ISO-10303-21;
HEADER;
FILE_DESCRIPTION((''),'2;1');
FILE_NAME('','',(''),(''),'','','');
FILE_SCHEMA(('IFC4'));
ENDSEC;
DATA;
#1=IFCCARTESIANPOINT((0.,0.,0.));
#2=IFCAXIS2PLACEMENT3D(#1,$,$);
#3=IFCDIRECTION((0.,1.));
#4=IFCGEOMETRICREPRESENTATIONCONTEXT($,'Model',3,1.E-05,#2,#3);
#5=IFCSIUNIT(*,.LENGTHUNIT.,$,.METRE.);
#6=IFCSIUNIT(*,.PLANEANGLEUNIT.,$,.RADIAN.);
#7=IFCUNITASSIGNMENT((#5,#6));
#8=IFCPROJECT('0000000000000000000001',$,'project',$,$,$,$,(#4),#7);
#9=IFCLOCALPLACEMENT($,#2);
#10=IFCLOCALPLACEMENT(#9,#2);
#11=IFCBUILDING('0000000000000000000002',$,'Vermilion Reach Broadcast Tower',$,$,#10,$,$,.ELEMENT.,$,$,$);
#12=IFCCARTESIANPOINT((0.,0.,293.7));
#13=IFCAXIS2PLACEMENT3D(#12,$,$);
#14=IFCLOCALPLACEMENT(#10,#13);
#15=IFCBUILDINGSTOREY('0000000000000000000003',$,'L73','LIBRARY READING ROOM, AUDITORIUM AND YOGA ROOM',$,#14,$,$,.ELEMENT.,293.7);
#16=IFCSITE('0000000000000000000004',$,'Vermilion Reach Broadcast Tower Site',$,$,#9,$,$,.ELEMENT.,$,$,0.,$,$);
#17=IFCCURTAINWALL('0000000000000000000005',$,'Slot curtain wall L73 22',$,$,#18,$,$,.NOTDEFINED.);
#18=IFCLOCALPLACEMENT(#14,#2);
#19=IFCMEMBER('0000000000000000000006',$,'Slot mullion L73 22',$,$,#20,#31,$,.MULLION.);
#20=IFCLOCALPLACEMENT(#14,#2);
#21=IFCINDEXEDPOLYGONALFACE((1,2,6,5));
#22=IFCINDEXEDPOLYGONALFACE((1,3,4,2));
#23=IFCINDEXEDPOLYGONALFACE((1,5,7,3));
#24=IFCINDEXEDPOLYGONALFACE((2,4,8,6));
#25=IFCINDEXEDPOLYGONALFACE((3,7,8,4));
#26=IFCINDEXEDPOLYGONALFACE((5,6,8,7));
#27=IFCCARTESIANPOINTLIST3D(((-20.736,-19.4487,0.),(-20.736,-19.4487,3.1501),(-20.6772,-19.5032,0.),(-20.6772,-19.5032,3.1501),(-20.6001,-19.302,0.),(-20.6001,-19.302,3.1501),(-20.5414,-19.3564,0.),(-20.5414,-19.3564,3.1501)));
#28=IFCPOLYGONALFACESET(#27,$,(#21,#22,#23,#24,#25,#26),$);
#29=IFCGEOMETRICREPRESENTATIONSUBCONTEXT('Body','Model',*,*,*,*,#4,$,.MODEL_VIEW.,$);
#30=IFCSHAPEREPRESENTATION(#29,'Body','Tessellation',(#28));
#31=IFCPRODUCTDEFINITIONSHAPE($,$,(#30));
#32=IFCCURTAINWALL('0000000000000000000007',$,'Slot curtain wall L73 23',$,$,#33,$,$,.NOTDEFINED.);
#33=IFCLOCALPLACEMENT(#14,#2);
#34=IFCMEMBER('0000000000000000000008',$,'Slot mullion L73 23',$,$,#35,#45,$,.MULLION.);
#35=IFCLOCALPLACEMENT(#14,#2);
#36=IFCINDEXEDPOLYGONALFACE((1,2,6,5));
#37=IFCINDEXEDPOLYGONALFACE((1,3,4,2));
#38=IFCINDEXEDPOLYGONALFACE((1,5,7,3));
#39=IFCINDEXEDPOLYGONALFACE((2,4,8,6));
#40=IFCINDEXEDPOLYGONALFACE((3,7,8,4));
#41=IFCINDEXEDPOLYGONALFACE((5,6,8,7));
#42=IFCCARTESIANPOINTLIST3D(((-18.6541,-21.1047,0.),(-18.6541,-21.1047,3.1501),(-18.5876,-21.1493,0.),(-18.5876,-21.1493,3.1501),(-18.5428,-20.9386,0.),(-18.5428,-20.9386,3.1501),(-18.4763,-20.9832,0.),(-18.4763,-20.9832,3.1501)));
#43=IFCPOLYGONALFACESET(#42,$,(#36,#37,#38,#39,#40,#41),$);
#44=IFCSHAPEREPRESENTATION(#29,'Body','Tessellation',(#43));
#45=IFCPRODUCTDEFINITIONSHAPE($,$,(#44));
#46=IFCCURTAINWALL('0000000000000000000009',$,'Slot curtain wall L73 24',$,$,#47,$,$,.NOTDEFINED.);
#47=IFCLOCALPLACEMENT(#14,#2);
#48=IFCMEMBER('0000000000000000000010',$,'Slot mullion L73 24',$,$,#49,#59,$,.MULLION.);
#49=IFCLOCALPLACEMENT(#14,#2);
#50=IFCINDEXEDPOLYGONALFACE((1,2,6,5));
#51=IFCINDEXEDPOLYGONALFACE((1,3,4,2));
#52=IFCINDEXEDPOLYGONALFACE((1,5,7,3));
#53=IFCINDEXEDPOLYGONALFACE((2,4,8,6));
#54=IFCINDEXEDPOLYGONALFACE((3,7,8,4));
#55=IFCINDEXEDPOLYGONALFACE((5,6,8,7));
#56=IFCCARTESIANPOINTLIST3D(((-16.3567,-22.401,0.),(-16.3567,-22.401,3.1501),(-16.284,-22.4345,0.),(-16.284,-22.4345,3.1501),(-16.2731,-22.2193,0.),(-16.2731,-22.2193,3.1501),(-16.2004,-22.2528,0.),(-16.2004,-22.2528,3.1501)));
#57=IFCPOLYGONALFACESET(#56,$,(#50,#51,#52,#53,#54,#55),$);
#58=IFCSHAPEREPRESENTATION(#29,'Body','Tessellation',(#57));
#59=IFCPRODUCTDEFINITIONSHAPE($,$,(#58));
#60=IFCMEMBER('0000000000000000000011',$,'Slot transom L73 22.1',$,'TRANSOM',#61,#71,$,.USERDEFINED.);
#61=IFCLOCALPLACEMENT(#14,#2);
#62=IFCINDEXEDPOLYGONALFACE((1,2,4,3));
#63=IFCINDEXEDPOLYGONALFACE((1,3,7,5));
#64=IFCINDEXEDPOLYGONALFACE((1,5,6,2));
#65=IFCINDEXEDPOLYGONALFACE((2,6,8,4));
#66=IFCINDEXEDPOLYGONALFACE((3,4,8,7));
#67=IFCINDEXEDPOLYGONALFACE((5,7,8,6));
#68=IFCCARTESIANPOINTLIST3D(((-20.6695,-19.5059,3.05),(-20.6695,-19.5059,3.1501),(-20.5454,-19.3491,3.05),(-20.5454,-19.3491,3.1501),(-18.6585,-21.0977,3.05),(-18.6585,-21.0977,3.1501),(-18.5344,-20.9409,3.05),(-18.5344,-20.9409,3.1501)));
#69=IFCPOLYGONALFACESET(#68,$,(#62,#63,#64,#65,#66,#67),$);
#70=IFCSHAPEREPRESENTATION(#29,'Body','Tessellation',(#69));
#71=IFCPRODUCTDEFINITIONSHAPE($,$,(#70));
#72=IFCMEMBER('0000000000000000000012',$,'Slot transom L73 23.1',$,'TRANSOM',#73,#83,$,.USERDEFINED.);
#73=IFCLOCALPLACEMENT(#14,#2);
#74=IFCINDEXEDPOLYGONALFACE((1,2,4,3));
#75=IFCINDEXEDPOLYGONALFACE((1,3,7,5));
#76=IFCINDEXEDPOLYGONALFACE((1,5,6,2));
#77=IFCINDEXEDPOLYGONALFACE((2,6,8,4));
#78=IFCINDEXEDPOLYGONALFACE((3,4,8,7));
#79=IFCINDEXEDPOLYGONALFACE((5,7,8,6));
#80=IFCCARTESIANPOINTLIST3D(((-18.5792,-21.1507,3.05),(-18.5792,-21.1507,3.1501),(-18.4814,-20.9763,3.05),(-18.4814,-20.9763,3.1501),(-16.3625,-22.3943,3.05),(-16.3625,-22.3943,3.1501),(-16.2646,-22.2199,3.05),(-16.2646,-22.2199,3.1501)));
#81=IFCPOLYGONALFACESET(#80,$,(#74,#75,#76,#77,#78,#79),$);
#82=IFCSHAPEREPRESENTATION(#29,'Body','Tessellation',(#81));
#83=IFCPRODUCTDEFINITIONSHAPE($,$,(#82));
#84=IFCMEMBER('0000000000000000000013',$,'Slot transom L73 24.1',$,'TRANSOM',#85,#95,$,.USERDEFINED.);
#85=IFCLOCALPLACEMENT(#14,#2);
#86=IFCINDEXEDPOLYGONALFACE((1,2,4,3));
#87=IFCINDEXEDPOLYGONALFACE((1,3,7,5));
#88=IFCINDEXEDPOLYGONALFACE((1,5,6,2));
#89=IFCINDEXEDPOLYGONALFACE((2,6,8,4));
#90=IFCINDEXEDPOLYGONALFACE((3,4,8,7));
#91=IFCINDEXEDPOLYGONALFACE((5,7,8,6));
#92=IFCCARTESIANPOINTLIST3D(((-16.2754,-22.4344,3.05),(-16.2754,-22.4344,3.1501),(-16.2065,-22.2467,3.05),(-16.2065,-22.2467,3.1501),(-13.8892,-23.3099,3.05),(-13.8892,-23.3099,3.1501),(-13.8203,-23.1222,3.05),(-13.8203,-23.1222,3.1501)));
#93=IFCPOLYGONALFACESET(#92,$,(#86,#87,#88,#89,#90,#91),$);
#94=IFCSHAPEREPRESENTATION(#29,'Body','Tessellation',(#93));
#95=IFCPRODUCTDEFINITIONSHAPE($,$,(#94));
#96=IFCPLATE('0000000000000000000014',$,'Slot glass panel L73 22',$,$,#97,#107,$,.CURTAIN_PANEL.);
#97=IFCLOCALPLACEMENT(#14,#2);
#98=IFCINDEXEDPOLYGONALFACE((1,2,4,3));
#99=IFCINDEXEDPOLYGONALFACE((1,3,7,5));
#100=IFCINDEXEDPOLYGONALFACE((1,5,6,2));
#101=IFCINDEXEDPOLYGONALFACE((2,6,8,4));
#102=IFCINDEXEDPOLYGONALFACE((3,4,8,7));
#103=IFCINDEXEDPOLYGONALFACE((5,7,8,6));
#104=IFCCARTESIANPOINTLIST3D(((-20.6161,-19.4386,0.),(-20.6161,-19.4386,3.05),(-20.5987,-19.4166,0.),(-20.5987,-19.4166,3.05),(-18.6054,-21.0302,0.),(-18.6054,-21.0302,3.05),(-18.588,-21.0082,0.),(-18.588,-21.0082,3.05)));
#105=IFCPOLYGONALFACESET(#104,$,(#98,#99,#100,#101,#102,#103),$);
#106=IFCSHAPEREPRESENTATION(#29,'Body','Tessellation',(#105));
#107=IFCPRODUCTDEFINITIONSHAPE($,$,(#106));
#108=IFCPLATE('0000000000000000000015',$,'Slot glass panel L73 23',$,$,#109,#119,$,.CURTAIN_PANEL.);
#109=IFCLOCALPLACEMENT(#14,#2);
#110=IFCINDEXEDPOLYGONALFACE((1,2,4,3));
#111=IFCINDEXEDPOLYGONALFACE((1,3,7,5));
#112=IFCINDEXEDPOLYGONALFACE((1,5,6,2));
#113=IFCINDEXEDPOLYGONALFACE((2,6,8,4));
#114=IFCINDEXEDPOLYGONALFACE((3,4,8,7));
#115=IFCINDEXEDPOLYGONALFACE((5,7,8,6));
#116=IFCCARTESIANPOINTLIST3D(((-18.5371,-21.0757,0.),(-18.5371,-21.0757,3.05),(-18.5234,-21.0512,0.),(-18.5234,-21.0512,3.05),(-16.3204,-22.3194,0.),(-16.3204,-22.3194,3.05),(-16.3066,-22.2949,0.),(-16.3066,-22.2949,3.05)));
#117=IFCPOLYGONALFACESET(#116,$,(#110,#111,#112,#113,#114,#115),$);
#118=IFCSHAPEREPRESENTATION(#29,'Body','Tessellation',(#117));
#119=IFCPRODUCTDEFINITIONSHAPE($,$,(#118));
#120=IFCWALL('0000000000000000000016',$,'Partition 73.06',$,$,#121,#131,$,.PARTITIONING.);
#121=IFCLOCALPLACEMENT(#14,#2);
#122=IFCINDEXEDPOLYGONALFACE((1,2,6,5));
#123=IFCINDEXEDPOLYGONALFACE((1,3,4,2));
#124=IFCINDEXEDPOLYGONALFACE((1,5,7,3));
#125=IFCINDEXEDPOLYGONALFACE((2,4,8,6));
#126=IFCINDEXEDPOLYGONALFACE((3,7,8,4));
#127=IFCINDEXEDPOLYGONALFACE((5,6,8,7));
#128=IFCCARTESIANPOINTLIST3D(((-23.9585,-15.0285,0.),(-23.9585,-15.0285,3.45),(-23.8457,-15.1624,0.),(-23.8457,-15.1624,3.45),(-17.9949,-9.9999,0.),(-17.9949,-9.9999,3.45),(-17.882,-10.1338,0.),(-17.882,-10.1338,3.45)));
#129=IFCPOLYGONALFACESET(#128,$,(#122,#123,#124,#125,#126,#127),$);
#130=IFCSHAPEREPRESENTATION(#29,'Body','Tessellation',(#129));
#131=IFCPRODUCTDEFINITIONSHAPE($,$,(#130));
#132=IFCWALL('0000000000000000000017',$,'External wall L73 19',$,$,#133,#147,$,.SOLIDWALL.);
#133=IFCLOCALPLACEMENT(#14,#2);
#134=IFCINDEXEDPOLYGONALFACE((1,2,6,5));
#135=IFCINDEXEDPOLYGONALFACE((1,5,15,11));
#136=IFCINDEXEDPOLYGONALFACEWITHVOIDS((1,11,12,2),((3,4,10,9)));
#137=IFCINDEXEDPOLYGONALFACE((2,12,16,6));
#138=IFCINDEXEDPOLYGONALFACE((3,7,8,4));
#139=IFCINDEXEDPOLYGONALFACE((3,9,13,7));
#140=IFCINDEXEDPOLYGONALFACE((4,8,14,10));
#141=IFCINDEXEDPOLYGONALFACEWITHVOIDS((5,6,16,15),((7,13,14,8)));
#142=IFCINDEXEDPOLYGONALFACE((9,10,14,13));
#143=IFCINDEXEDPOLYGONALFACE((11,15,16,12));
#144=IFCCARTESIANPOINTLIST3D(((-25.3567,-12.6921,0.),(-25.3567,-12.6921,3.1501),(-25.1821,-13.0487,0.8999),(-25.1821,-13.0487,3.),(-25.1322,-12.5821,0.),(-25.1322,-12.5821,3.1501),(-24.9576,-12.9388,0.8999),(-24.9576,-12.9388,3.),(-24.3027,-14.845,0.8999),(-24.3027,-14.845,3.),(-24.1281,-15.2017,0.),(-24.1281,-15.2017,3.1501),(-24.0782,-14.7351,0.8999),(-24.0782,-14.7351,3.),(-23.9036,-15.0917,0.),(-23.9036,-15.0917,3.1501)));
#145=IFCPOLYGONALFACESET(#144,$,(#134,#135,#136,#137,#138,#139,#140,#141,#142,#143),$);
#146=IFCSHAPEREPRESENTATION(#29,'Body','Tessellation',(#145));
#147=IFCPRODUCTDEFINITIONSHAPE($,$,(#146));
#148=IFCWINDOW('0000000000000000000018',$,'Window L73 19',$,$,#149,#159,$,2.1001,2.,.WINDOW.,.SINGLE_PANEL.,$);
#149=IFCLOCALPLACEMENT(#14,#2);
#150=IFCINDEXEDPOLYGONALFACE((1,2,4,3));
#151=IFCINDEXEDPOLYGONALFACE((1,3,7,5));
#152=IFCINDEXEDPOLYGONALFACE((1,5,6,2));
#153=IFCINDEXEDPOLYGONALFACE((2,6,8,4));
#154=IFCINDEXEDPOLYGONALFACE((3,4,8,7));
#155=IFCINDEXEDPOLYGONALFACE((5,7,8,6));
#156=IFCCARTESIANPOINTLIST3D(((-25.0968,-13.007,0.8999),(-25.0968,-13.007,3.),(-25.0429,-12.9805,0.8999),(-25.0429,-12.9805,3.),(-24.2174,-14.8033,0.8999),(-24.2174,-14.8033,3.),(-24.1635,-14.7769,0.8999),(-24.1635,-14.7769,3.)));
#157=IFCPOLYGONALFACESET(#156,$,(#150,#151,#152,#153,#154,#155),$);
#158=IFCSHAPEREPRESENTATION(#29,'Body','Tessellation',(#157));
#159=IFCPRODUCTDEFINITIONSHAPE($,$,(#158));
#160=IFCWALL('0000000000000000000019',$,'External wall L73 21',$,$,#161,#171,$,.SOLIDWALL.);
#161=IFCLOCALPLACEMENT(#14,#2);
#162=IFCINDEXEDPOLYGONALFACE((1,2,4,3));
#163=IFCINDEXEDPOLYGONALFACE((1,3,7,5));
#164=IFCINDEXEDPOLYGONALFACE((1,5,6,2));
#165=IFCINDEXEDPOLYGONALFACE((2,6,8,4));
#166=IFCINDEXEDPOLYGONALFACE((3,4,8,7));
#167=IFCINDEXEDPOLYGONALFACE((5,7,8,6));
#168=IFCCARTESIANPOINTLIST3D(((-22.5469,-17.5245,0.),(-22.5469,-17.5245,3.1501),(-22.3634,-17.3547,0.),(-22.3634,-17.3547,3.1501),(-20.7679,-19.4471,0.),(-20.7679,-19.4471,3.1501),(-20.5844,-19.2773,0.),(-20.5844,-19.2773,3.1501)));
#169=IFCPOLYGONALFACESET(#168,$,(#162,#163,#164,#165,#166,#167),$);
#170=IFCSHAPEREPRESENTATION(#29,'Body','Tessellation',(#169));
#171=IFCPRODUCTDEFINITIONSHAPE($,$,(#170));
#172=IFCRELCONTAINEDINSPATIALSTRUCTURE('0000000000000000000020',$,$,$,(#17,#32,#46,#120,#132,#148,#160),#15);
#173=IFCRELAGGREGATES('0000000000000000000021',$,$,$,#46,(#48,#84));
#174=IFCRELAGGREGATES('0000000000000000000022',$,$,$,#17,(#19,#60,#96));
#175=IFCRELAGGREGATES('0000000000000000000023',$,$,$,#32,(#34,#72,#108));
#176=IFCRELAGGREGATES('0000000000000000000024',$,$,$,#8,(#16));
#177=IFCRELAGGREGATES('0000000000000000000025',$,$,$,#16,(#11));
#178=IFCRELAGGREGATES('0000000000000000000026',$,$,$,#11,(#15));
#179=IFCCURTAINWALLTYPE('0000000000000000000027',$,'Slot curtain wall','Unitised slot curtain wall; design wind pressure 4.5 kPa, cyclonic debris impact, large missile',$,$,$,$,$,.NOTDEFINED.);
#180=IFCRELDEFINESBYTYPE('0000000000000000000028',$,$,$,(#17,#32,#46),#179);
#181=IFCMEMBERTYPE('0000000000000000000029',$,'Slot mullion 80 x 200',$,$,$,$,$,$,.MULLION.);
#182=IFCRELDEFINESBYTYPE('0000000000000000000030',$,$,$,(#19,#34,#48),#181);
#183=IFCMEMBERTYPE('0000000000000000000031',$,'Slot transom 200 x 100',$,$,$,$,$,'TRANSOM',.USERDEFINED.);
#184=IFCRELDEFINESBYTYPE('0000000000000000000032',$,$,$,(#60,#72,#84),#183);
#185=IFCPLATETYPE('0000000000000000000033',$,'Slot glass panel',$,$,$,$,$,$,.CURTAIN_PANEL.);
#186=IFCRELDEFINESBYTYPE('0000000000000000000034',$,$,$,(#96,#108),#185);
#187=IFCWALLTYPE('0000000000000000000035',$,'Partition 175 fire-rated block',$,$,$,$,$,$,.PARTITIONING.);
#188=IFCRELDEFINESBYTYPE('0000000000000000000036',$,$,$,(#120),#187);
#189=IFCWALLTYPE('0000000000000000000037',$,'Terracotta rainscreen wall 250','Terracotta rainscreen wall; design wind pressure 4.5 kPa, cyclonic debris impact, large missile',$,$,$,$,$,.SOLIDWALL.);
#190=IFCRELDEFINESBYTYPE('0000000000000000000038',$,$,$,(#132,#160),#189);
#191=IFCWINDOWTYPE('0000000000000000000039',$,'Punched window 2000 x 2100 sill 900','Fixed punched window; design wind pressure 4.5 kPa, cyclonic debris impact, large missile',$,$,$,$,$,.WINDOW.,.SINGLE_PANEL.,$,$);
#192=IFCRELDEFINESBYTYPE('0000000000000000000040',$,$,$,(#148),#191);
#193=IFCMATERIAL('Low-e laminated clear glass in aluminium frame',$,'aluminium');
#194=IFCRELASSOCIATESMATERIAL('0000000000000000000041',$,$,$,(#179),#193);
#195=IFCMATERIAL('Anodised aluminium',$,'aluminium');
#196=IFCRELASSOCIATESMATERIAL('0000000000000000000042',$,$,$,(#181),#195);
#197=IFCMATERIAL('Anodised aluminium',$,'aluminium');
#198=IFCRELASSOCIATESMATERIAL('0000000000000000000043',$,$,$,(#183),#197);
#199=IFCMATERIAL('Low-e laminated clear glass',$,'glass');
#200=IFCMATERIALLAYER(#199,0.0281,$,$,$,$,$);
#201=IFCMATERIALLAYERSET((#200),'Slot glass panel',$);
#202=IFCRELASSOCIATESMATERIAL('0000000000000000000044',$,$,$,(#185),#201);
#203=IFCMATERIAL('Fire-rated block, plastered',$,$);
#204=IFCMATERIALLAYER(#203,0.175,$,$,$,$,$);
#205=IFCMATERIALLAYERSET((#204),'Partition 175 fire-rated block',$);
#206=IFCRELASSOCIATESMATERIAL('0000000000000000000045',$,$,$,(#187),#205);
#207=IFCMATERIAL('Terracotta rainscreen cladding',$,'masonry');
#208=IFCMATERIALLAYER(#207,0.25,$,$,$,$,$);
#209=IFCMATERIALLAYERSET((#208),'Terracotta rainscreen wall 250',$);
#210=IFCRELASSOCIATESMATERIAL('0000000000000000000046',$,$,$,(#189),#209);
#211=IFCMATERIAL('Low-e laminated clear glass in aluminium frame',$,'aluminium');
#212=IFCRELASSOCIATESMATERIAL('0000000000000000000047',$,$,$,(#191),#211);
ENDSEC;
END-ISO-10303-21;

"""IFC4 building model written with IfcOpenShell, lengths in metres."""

from ifc_helpers import new_model, si_unit, direction, frame, frame_2d, origin, origin_2d, place, context, subcontext, project, spatial, rectangle, extrude, material, layer, layer_set, material_profile, profile_set, type_object, element, fill, aggregate, save


model = new_model("IFC4")

# Units and contexts
model_context = context("Model", 3, precision=1e-05, world=origin(), true_north=direction((0.0, 1.0)))
body_context = subcontext(model_context, "Body", "Model", "MODEL_VIEW")
ifc_project = project(units=[si_unit("LENGTHUNIT", "METRE"), si_unit("PLANEANGLEUNIT", "RADIAN")], contexts=[model_context])

# Site, building, storey
site_placement = place(None, origin())
site = spatial("IfcSite", under=ifc_project, at=site_placement, Name="Vermilion Reach Broadcast Tower Site", CompositionType="ELEMENT", RefElevation=0.0)
building_placement = place(site_placement, origin())
building = spatial("IfcBuilding", under=site, at=building_placement, Name="Vermilion Reach Broadcast Tower", CompositionType="ELEMENT")
storey_placement = place(building_placement, frame((0.0, 0.0, 293.7)))
storey = spatial("IfcBuildingStorey", under=building, at=storey_placement, Name="L73", Description="LIBRARY READING ROOM, AUDITORIUM AND YOGA ROOM", CompositionType="ELEMENT", Elevation=293.7)

# Curtain walls, members
ifc_material_1 = material(Name="Low-e laminated clear glass in aluminium frame", Category="aluminium")
curtain_wall_type = type_object("IfcCurtainWallType", Name="Slot curtain wall", Description="Unitised slot curtain wall; design wind pressure 4.5 kPa, cyclonic debris impact, large missile", PredefinedType="NOTDEFINED", material=ifc_material_1)
placement = place(storey_placement, origin())
curtain_wall_1 = element("IfcCurtainWall", 1, at=placement, inside=storey, type_object=curtain_wall_type, Name="Slot curtain wall L73 22", PredefinedType="NOTDEFINED")
ifc_material_2 = material(Name="Anodised aluminium", Category="aluminium")
ifc_material_profile_1 = material_profile(ifc_material_2, rectangle(XDim=0.2, YDim=0.0801, at=origin_2d()), Name="Slot mullion 80 x 200")
ifc_profile_set_1 = profile_set([ifc_material_profile_1], Name="Anodised aluminium")
member_type_1 = type_object("IfcMemberType", Name="Slot mullion 80 x 200", PredefinedType="MULLION", material=ifc_profile_set_1)
member_1_placement = place(storey_placement, frame((-20.6387, -19.4026, 0.0), z_axis=(0.0, 0.0, 1.0), x_axis=(0.679358, 0.733807, 0.0)))
member_1 = element("IfcMember", 2, at=member_1_placement, type_object=member_type_1, Name="Slot mullion L73 22", PredefinedType="MULLION", context=body_context, shape_type="SweptSolid", body=[
    extrude(rectangle(XDim=0.2, YDim=0.0801, at=origin_2d()), origin(), (0.0, 0.0, 1.0), 3.1501),
])
curtain_wall_2 = element("IfcCurtainWall", 3, at=placement, inside=storey, type_object=curtain_wall_type, Name="Slot curtain wall L73 23", PredefinedType="NOTDEFINED")
member_2_placement = place(storey_placement, frame((-18.5652, -21.0439, 0.0), z_axis=(0.0, 0.0, 1.0), x_axis=(0.556715, 0.830704, 0.0)))
member_2 = element("IfcMember", 4, at=member_2_placement, type_object=member_type_1, Name="Slot mullion L73 23", PredefinedType="MULLION", context=body_context, shape_type="SweptSolid", body=[
    extrude(rectangle(XDim=0.2, YDim=0.0801, at=origin_2d()), origin(), (0.0, 0.0, 1.0), 3.1501),
])
curtain_wall_3 = element("IfcCurtainWall", 5, at=placement, inside=storey, type_object=curtain_wall_type, Name="Slot curtain wall L73 24", PredefinedType="NOTDEFINED")
member_3_placement = place(storey_placement, frame((-16.2786, -22.3269, 0.0), z_axis=(0.0, 0.0, 1.0), x_axis=(0.418184, 0.908362, 0.0)))
member_3 = element("IfcMember", 6, at=member_3_placement, type_object=member_type_1, Name="Slot mullion L73 24", PredefinedType="MULLION", context=body_context, shape_type="SweptSolid", body=[
    extrude(rectangle(XDim=0.2, YDim=0.0801, at=origin_2d()), origin(), (0.0, 0.0, 1.0), 3.1501),
])

# Members
ifc_material_3 = material(Name="Anodised aluminium", Category="aluminium")
ifc_material_profile_2 = material_profile(ifc_material_3, rectangle(XDim=0.2, YDim=0.1001, at=origin_2d()), Name="Slot transom 200 x 100")
ifc_profile_set_2 = profile_set([ifc_material_profile_2], Name="Anodised aluminium")
member_type_2 = type_object("IfcMemberType", Name="Slot transom 200 x 100", ElementType="TRANSOM", PredefinedType="USERDEFINED", material=ifc_profile_set_2)
member_4_placement = place(storey_placement, frame((-20.6074, -19.4275, 3.1001), z_axis=(0.78409, -0.620647, 0.0), x_axis=(0.620647, 0.78409, 0.0)))
member_4 = element("IfcMember", 7, at=member_4_placement, type_object=member_type_2, Name="Slot transom L73 22.1", ObjectType="TRANSOM", PredefinedType="USERDEFINED", context=body_context, shape_type="SweptSolid", body=[
    extrude(rectangle(XDim=0.2, YDim=0.1001, at=origin_2d()), origin(), (0.0, 0.0, 1.0), 2.5647),
])
member_5_placement = place(storey_placement, frame((-18.5303, -21.0635, 3.1001), z_axis=(0.872129, -0.489276, 0.0), x_axis=(0.489276, 0.872129, 0.0)))
member_5 = element("IfcMember", 8, at=member_5_placement, type_object=member_type_2, Name="Slot transom L73 23.1", ObjectType="TRANSOM", PredefinedType="USERDEFINED", context=body_context, shape_type="SweptSolid", body=[
    extrude(rectangle(XDim=0.2, YDim=0.1001, at=origin_2d()), origin(), (0.0, 0.0, 1.0), 2.5417),
])
member_6_placement = place(storey_placement, frame((-16.241, -22.3406, 3.1001), z_axis=(0.938808, -0.344441, 0.0), x_axis=(0.344441, 0.938808, 0.0)))
member_6 = element("IfcMember", 9, at=member_6_placement, type_object=member_type_2, Name="Slot transom L73 24.1", ObjectType="TRANSOM", PredefinedType="USERDEFINED", context=body_context, shape_type="SweptSolid", body=[
    extrude(rectangle(XDim=0.2, YDim=0.1001, at=origin_2d()), origin(), (0.0, 0.0, 1.0), 2.5417),
])
aggregate(curtain_wall_3, [member_3, member_6])

# Plates
ifc_material_4 = material(Name="Low-e laminated clear glass", Category="glass")
ifc_layer_1 = layer(ifc_material_4, 0.0281)
ifc_layer_set_1 = layer_set([ifc_layer_1], Name="Slot glass panel")
plate_type = type_object("IfcPlateType", Name="Slot glass panel", PredefinedType="CURTAIN_PANEL", material=ifc_layer_set_1)
plate_1_placement = place(storey_placement, frame((-19.6021, -20.2234, 0.0), z_axis=(0.0, 0.0, 1.0), x_axis=(0.784077, -0.620663, 0.0)))
plate_1 = element("IfcPlate", 10, at=plate_1_placement, type_object=plate_type, Name="Slot glass panel L73 22", PredefinedType="CURTAIN_PANEL", context=body_context, shape_type="SweptSolid", body=[
    extrude(rectangle(XDim=2.5645, YDim=0.0281, at=origin_2d()), origin(), (0.0, 0.0, 1.0), 3.05),
])
aggregate(curtain_wall_1, [member_1, member_4, plate_1])
plate_2_placement = place(storey_placement, frame((-17.4219, -21.6853, 0.0), z_axis=(0.0, 0.0, 1.0), x_axis=(0.872127, -0.48928, 0.0)))
plate_2 = element("IfcPlate", 11, at=plate_2_placement, type_object=plate_type, Name="Slot glass panel L73 23", PredefinedType="CURTAIN_PANEL", context=body_context, shape_type="SweptSolid", body=[
    extrude(rectangle(XDim=2.5417, YDim=0.0281, at=origin_2d()), origin(), (0.0, 0.0, 1.0), 3.05),
])
aggregate(curtain_wall_2, [member_2, member_5, plate_2])

# Wall
ifc_material_5 = material(Name="Fire-rated block, plastered")
ifc_layer_2 = layer(ifc_material_5, 0.175)
ifc_layer_set_2 = layer_set([ifc_layer_2], Name="Partition 175 fire-rated block")
wall_type_1 = type_object("IfcWallType", Name="Partition 175 fire-rated block", PredefinedType="PARTITIONING", material=ifc_layer_set_2)
wall_1_placement = place(storey_placement, frame((-23.9021, -15.0955, 0.0), z_axis=(0.0, 0.0, 1.0), x_axis=(0.764496, 0.644628, 0.0)))
element("IfcWall", 12, at=wall_1_placement, inside=storey, type_object=wall_type_1, Name="Partition 73.06", PredefinedType="PARTITIONING", context=body_context, shape_type="SweptSolid", body=[
    extrude(rectangle(XDim=7.8008, YDim=0.175, at=frame_2d((3.9004, 0.0))), origin(), (0.0, 0.0, 1.0), 3.45),
])

# Wall, opening, window
ifc_material_6 = material(Name="Terracotta rainscreen cladding", Category="masonry")
ifc_layer_3 = layer(ifc_material_6, 0.25)
ifc_layer_set_3 = layer_set([ifc_layer_3], Name="Terracotta rainscreen wall 250")
wall_type_2 = type_object("IfcWallType", Name="Terracotta rainscreen wall 250", Description="Terracotta rainscreen wall; design wind pressure 4.5 kPa, cyclonic debris impact, large missile", PredefinedType="SOLIDWALL", material=ifc_layer_set_3)
wall_2_placement = place(storey_placement, frame((-25.2444, -12.6372, 0.0), z_axis=(0.0, 0.0, 1.0), x_axis=(0.439683, -0.898153, 0.0)))
wall_2 = element("IfcWall", 13, at=wall_2_placement, inside=storey, type_object=wall_type_2, Name="External wall L73 19", PredefinedType="SOLIDWALL", context=body_context, shape_type="SweptSolid", body=[
    extrude(rectangle(XDim=2.7942, YDim=0.25, at=frame_2d((1.397, 0.0))), origin(), (0.0, 0.0, 1.0), 3.1501),
])
opening_1_placement = place(wall_2_placement, frame((0.397, 0.0, 0.8999)))
opening_1 = element("IfcOpeningElement", 14, at=opening_1_placement, cuts=wall_2, PredefinedType="OPENING", context=body_context, shape_type="SweptSolid", body=[
    extrude(rectangle(XDim=2.0, YDim=2.1001, at=frame_2d((1.0, 1.05))), frame((0.0, 0.135, 0.0), z_axis=(0.0, -1.0, 0.0), x_axis=(1.0, 0.0, 0.0)), (0.0, 0.0, 1.0), 0.27),
])
ifc_material_7 = material(Name="Low-e laminated clear glass in aluminium frame", Category="aluminium")
window_type = type_object("IfcWindowType", Name="Punched window 2000 x 2100 sill 900", Description="Fixed punched window; design wind pressure 4.5 kPa, cyclonic debris impact, large missile", PartitioningType="SINGLE_PANEL", PredefinedType="WINDOW", material=ifc_material_7)
window_placement = place(opening_1_placement, origin())
window = element("IfcWindow", 15, at=window_placement, inside=storey, type_object=window_type, Name="Window L73 19", OverallHeight=2.1001, OverallWidth=2.0, PartitioningType="SINGLE_PANEL", PredefinedType="WINDOW", context=body_context, shape_type="SweptSolid", body=[
    extrude(rectangle(XDim=2.0, YDim=2.1001, at=frame_2d((1.0, 1.05))), frame((0.0, 0.03, 0.0), z_axis=(0.0, -1.0, 0.0), x_axis=(1.0, 0.0, 0.0)), (0.0, 0.0, 1.0), 0.0601),
])
fill(opening_1, window)

# Wall
wall_3_placement = place(storey_placement, frame((-22.4551, -17.4397, 0.0), z_axis=(0.0, 0.0, 1.0), x_axis=(0.679174, -0.733977, 0.0)))
element("IfcWall", 16, at=wall_3_placement, inside=storey, type_object=wall_type_2, Name="External wall L73 21", PredefinedType="SOLIDWALL", context=body_context, shape_type="SweptSolid", body=[
    extrude(rectangle(XDim=2.6194, YDim=0.25, at=frame_2d((1.3096, 0.0))), origin(), (0.0, 0.0, 1.0), 3.1501),
])

save(model, "model.ifc")
